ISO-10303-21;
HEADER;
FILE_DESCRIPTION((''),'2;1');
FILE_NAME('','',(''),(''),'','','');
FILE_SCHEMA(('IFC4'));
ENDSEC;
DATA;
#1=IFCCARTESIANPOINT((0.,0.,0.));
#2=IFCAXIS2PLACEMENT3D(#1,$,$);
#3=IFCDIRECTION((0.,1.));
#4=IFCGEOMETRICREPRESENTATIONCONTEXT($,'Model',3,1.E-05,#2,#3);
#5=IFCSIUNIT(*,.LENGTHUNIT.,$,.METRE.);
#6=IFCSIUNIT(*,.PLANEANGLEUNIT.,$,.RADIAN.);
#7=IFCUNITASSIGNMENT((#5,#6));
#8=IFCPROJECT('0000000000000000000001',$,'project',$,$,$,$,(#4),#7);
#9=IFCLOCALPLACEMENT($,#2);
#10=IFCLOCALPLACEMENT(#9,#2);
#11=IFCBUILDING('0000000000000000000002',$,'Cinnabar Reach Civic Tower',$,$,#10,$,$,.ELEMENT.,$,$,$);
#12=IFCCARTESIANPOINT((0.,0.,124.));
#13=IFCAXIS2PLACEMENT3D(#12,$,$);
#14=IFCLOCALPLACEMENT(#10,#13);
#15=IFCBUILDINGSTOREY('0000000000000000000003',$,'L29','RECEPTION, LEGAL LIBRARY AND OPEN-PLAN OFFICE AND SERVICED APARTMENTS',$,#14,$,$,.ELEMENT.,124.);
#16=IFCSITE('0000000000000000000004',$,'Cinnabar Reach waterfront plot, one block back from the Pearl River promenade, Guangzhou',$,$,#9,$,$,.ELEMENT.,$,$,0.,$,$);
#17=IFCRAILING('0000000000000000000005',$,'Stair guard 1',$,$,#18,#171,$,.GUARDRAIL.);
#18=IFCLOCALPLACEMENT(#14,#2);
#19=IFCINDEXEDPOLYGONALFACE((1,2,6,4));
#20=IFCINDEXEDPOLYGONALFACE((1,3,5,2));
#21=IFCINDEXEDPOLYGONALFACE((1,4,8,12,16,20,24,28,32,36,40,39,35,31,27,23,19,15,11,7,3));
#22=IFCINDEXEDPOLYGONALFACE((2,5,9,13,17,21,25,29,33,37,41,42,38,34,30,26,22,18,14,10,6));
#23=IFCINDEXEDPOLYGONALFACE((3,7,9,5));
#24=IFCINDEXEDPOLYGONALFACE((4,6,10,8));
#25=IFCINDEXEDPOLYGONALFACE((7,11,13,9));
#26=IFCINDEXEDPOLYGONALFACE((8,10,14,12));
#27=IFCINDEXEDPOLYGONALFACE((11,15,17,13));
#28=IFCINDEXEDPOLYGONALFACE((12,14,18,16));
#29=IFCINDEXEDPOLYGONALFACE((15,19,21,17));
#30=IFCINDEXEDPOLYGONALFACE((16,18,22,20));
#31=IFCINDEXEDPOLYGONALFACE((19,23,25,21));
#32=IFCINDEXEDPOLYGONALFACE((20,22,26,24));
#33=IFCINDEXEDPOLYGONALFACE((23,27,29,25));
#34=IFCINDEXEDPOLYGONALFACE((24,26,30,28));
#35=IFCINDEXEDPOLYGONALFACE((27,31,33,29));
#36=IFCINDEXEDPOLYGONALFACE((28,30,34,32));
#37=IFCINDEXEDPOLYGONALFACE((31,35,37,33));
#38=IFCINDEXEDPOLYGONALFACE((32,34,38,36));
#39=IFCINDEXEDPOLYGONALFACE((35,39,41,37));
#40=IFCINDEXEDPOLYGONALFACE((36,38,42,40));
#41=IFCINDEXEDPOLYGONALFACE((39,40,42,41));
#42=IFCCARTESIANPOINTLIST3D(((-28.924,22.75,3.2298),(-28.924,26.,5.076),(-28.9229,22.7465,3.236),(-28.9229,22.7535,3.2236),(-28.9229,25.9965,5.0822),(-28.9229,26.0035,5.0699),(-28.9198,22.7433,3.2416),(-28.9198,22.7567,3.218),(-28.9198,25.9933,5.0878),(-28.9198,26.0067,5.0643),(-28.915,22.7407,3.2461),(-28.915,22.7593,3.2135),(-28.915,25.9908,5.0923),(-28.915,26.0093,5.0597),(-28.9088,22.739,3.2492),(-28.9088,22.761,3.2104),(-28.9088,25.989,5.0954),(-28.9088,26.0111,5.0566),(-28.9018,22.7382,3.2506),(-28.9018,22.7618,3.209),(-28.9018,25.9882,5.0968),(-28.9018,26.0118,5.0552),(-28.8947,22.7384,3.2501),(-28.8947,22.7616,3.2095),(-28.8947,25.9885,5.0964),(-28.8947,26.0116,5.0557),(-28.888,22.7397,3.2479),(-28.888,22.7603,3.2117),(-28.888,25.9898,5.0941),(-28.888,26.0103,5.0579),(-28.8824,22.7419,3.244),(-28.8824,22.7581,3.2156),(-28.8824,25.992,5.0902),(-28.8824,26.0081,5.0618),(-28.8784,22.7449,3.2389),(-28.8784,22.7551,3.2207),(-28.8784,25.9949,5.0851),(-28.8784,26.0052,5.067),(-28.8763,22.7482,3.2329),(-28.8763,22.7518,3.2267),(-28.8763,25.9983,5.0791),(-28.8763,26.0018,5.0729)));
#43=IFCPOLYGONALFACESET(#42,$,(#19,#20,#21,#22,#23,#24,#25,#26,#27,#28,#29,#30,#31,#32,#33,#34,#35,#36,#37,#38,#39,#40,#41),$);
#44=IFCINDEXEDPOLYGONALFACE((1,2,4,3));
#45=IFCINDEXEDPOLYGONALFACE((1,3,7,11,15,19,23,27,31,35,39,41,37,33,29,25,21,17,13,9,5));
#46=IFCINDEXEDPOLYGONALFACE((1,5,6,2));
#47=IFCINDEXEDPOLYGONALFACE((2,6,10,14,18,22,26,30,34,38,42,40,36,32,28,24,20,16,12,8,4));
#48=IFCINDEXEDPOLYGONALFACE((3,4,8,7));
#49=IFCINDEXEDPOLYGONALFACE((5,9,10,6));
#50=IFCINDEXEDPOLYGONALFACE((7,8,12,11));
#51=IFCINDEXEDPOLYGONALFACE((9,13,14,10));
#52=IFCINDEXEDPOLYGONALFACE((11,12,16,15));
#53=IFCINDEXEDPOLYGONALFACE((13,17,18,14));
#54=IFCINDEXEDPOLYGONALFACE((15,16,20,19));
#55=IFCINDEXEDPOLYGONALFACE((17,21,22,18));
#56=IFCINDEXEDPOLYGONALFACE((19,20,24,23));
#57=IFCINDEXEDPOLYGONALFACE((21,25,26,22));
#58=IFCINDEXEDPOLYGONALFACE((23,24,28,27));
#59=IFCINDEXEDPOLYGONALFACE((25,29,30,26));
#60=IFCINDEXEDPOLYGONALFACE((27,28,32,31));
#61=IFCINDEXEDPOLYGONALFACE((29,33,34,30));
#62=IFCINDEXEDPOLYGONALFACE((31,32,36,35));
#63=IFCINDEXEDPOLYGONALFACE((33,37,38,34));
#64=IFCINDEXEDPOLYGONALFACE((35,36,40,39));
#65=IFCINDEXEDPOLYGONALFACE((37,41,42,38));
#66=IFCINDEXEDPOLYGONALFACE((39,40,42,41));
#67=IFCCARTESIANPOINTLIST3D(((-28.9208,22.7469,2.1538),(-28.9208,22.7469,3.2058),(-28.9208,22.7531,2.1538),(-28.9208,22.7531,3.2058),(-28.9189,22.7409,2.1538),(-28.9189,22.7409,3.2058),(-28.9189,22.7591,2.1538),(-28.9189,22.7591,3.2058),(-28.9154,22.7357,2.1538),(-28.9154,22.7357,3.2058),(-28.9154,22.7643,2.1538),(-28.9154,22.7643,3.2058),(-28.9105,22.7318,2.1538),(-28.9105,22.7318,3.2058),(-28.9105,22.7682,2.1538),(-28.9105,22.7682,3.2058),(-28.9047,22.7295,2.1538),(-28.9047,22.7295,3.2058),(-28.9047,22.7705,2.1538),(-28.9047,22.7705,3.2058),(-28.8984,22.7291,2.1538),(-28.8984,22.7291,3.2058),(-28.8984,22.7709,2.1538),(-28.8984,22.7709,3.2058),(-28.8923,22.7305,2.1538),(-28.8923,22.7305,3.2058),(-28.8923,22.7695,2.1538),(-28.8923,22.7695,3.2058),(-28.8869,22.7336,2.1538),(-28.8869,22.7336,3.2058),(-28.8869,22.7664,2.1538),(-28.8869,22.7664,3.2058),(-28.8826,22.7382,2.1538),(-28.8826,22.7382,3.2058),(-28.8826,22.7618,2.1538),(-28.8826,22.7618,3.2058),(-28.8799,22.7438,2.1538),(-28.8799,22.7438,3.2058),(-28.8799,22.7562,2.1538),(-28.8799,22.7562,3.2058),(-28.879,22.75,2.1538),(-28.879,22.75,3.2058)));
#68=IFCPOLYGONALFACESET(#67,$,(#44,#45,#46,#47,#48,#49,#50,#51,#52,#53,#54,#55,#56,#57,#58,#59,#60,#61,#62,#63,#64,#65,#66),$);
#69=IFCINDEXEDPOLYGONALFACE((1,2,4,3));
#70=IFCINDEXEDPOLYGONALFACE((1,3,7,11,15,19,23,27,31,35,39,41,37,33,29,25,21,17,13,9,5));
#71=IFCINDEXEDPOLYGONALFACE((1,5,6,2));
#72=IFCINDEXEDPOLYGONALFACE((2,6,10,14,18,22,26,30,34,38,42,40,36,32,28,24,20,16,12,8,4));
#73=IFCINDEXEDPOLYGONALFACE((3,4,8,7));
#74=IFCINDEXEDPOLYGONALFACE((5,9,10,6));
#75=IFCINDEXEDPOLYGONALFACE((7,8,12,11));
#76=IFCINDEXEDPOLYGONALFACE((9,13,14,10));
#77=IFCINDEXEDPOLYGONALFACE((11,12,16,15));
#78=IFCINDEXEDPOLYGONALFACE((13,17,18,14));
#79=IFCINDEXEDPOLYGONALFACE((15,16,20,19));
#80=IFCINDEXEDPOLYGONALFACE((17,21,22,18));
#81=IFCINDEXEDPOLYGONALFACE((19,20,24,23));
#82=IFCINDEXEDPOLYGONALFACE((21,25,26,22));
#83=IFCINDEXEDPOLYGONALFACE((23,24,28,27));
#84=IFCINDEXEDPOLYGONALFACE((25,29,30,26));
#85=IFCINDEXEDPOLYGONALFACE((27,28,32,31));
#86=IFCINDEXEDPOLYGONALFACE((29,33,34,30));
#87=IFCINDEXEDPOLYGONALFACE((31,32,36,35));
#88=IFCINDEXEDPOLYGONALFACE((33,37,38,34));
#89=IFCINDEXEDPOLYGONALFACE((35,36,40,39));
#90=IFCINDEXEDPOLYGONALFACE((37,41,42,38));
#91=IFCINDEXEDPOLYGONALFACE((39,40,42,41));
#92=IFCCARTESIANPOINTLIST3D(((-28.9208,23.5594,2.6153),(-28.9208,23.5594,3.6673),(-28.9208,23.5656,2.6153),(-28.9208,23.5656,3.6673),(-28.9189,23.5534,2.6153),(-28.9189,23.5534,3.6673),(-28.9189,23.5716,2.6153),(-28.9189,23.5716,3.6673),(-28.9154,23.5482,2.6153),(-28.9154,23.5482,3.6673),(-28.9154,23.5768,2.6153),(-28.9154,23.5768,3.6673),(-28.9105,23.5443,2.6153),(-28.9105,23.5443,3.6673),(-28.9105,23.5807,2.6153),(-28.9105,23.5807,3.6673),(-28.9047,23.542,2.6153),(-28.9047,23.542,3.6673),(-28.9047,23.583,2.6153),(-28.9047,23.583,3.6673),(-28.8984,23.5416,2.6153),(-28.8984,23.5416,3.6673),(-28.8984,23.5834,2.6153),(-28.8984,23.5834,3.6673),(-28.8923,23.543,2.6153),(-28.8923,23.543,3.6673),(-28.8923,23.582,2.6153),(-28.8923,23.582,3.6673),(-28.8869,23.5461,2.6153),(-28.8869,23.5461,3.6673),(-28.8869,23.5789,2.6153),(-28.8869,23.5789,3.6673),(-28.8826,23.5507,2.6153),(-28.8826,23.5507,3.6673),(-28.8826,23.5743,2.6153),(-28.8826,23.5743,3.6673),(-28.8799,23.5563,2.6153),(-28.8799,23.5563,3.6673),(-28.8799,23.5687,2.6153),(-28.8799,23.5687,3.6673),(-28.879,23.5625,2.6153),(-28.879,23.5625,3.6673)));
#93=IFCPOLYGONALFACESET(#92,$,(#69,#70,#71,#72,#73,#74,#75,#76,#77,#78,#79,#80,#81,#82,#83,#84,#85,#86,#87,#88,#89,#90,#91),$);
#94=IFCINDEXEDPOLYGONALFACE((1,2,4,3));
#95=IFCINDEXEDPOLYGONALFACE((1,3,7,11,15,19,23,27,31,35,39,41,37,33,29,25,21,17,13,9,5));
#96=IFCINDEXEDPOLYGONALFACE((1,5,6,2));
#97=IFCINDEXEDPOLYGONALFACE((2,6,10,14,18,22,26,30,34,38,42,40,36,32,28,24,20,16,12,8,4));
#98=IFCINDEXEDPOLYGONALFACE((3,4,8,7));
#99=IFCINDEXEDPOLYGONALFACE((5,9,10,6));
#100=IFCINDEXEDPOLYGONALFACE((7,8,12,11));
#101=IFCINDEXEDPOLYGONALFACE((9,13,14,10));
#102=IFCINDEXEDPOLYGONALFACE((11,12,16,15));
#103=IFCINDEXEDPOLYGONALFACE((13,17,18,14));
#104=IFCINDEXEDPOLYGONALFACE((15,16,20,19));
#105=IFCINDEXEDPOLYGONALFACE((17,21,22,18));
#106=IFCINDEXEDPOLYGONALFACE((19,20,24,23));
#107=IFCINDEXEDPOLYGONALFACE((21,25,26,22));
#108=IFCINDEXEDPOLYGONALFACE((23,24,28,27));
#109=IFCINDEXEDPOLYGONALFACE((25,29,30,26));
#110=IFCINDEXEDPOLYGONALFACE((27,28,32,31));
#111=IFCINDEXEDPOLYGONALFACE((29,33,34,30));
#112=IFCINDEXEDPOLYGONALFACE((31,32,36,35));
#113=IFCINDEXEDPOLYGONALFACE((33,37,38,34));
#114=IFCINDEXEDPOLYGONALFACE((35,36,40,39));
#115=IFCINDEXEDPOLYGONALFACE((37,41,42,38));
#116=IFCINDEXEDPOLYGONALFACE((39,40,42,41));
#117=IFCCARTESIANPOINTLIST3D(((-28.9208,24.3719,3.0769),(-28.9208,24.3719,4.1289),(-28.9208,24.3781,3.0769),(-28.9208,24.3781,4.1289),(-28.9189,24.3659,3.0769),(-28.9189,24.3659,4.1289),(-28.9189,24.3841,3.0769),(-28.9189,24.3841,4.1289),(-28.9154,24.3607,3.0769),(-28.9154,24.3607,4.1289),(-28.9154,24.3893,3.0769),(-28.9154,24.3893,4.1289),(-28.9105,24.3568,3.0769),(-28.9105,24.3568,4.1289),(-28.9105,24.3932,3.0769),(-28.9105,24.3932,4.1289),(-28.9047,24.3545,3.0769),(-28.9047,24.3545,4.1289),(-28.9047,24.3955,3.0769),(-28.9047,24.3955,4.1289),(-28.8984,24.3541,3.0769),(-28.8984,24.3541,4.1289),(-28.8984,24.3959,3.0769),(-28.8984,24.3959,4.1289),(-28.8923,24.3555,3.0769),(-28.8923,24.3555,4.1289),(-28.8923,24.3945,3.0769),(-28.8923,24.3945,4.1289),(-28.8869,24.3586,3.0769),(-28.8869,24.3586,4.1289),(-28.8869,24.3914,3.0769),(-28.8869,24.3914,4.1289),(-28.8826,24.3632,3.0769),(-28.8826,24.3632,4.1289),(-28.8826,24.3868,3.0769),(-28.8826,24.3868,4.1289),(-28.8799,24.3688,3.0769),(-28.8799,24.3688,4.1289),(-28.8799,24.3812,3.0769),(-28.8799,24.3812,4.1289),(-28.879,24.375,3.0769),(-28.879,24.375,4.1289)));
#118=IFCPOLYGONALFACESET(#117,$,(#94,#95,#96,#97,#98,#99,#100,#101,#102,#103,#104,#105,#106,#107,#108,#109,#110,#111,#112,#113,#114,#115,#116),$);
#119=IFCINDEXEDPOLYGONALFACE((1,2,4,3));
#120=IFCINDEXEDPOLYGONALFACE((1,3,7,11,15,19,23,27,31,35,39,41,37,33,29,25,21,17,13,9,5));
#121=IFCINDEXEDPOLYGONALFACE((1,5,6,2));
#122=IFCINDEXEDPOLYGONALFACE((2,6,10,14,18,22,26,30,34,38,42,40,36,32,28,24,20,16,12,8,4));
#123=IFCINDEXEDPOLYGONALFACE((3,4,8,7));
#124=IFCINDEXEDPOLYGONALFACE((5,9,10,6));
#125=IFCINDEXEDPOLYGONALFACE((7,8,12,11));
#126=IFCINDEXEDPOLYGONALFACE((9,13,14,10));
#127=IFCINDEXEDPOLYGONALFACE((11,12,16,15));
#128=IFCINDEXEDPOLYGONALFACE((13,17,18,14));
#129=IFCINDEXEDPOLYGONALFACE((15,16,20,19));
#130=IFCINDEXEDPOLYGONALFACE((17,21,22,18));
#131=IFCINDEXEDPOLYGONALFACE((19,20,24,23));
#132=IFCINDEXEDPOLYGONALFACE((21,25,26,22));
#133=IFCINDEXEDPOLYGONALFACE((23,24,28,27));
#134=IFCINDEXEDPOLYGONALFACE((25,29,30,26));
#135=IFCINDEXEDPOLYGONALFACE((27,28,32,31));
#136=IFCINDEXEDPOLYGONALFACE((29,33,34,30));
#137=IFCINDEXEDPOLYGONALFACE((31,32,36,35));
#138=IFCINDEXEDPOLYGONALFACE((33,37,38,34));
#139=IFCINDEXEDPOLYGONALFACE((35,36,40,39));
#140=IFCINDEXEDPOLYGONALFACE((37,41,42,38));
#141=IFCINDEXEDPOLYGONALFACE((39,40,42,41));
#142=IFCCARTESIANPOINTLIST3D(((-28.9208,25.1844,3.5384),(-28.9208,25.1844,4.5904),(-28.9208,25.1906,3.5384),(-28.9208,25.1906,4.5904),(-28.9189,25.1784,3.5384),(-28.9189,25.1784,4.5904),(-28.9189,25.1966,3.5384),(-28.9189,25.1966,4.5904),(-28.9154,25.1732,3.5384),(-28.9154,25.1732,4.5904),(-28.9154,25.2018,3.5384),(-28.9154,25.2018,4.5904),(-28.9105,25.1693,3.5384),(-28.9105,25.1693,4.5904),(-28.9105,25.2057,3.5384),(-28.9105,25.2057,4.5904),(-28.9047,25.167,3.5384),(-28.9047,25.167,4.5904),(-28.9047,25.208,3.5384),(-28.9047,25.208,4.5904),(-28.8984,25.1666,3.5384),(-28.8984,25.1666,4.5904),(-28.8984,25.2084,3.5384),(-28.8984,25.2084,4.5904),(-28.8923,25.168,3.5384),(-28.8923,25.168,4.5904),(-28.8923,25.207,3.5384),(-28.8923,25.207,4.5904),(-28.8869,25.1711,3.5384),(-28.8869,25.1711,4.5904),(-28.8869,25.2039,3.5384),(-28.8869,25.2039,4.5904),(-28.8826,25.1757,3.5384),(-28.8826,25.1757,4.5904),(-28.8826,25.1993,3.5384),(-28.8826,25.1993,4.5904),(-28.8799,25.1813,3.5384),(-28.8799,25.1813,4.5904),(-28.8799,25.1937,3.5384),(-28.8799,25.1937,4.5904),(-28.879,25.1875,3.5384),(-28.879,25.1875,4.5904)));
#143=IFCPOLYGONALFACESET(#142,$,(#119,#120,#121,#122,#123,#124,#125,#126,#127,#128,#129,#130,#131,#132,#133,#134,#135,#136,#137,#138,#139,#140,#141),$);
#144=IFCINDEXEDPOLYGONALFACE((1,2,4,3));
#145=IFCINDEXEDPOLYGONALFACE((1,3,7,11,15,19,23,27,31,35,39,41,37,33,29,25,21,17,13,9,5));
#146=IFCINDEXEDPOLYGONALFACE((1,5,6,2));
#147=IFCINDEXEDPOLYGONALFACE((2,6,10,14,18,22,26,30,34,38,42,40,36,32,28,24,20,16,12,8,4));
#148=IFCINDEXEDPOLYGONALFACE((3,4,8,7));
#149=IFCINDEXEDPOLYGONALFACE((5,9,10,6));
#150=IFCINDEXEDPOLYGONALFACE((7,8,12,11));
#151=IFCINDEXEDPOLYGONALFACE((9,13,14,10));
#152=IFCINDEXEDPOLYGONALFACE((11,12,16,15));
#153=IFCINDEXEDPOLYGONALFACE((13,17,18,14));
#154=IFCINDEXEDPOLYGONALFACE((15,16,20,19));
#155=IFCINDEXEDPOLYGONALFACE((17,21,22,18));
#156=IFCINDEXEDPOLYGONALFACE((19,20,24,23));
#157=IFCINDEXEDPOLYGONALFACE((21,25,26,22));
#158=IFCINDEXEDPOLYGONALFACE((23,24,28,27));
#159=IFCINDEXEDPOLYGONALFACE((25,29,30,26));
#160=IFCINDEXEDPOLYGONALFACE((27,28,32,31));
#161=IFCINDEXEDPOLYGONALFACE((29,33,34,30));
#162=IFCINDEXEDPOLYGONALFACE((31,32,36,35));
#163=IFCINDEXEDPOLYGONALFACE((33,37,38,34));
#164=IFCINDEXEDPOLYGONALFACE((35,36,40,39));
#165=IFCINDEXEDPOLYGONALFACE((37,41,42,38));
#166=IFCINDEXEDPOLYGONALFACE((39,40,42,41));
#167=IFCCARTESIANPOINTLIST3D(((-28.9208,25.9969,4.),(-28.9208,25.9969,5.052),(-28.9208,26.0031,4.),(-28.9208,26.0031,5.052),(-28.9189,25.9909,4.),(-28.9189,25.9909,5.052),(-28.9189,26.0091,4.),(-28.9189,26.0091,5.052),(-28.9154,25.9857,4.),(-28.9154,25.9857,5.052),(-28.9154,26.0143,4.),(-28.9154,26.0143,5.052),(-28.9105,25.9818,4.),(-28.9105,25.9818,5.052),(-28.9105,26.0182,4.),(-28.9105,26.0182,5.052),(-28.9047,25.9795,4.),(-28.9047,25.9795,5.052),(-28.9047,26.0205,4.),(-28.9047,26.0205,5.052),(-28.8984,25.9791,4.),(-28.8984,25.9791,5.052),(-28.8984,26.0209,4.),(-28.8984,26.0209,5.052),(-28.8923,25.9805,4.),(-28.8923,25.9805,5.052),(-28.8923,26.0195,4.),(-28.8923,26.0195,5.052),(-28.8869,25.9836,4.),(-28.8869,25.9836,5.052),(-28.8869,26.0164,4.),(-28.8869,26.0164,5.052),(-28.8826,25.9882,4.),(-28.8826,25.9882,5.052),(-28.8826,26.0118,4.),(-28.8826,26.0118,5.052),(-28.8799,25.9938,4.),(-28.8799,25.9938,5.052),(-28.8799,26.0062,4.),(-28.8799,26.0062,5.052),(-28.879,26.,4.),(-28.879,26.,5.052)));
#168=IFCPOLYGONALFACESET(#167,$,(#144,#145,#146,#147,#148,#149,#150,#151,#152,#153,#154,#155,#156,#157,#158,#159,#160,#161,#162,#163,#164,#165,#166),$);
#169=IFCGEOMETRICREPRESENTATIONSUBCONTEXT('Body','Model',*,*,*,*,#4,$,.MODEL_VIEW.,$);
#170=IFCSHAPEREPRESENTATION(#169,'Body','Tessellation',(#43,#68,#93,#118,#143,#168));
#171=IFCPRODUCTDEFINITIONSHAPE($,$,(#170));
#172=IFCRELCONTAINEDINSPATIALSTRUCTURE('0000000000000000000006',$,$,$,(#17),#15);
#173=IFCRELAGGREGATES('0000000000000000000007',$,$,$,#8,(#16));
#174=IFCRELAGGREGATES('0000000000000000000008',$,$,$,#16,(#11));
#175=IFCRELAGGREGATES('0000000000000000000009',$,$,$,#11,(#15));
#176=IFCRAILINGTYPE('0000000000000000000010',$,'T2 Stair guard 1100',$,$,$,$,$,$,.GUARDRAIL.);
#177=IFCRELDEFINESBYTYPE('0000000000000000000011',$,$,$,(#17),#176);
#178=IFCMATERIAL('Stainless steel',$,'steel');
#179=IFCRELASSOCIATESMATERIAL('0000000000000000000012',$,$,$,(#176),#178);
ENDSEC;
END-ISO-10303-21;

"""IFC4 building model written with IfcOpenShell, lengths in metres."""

from ifc_helpers import new_model, si_unit, direction, frame, origin, origin_2d, place, context, subcontext, project, spatial, circle, extrude, material, type_object, element, save


model = new_model("IFC4")

# Units and contexts
model_context = context("Model", 3, precision=1e-05, world=origin(), true_north=direction((0.0, 1.0)))
body_context = subcontext(model_context, "Body", "Model", "MODEL_VIEW")
ifc_project = project(units=[si_unit("LENGTHUNIT", "METRE"), si_unit("PLANEANGLEUNIT", "RADIAN")], contexts=[model_context])

# Site, building, storey
site_placement = place(None, origin())
site = spatial("IfcSite", under=ifc_project, at=site_placement, Name="Cinnabar Reach waterfront plot, one block back from the Pearl River promenade, Guangzhou", CompositionType="ELEMENT", RefElevation=0.0)
building_placement = place(site_placement, origin())
building = spatial("IfcBuilding", under=site, at=building_placement, Name="Cinnabar Reach Civic Tower", CompositionType="ELEMENT")
storey_placement = place(building_placement, frame((0.0, 0.0, 124.0)))
storey = spatial("IfcBuildingStorey", under=building, at=storey_placement, Name="L29", Description="RECEPTION, LEGAL LIBRARY AND OPEN-PLAN OFFICE AND SERVICED APARTMENTS", CompositionType="ELEMENT", Elevation=124.0)

# Railing
ifc_material_1 = material(Name="Stainless steel", Category="steel")
railing_type = type_object("IfcRailingType", Name="T2 Stair guard 1100", PredefinedType="GUARDRAIL", material=ifc_material_1)
railing_1_placement = place(storey_placement, frame((-28.9, 22.75, 2.1538)))
element("IfcRailing", 1, at=railing_1_placement, inside=storey, type_object=railing_type, Name="Stair guard 1", PredefinedType="GUARDRAIL", context=body_context, shape_type="SweptSolid", body=[
    extrude(circle(Radius=0.024, at=origin_2d()), frame((0.0, 0.0, 1.076), z_axis=(0.0, 0.869501, 0.49393), x_axis=(-1.0, 0.0, 0.0)), (0.0, 0.0, 1.0), 3.7378),
    extrude(circle(Radius=0.021, at=origin_2d()), origin(), (0.0, 0.0, 1.0), 1.052),
    extrude(circle(Radius=0.021, at=origin_2d()), frame((0.0, 0.8125, 0.4615)), (0.0, 0.0, 1.0), 1.052),
    extrude(circle(Radius=0.021, at=origin_2d()), frame((0.0, 1.625, 0.9231)), (0.0, 0.0, 1.0), 1.052),
    extrude(circle(Radius=0.021, at=origin_2d()), frame((0.0, 2.4375, 1.3846)), (0.0, 0.0, 1.0), 1.052),
    extrude(circle(Radius=0.021, at=origin_2d()), frame((0.0, 3.25, 1.8462)), (0.0, 0.0, 1.0), 1.052),
])

save(model, "model.ifc")
